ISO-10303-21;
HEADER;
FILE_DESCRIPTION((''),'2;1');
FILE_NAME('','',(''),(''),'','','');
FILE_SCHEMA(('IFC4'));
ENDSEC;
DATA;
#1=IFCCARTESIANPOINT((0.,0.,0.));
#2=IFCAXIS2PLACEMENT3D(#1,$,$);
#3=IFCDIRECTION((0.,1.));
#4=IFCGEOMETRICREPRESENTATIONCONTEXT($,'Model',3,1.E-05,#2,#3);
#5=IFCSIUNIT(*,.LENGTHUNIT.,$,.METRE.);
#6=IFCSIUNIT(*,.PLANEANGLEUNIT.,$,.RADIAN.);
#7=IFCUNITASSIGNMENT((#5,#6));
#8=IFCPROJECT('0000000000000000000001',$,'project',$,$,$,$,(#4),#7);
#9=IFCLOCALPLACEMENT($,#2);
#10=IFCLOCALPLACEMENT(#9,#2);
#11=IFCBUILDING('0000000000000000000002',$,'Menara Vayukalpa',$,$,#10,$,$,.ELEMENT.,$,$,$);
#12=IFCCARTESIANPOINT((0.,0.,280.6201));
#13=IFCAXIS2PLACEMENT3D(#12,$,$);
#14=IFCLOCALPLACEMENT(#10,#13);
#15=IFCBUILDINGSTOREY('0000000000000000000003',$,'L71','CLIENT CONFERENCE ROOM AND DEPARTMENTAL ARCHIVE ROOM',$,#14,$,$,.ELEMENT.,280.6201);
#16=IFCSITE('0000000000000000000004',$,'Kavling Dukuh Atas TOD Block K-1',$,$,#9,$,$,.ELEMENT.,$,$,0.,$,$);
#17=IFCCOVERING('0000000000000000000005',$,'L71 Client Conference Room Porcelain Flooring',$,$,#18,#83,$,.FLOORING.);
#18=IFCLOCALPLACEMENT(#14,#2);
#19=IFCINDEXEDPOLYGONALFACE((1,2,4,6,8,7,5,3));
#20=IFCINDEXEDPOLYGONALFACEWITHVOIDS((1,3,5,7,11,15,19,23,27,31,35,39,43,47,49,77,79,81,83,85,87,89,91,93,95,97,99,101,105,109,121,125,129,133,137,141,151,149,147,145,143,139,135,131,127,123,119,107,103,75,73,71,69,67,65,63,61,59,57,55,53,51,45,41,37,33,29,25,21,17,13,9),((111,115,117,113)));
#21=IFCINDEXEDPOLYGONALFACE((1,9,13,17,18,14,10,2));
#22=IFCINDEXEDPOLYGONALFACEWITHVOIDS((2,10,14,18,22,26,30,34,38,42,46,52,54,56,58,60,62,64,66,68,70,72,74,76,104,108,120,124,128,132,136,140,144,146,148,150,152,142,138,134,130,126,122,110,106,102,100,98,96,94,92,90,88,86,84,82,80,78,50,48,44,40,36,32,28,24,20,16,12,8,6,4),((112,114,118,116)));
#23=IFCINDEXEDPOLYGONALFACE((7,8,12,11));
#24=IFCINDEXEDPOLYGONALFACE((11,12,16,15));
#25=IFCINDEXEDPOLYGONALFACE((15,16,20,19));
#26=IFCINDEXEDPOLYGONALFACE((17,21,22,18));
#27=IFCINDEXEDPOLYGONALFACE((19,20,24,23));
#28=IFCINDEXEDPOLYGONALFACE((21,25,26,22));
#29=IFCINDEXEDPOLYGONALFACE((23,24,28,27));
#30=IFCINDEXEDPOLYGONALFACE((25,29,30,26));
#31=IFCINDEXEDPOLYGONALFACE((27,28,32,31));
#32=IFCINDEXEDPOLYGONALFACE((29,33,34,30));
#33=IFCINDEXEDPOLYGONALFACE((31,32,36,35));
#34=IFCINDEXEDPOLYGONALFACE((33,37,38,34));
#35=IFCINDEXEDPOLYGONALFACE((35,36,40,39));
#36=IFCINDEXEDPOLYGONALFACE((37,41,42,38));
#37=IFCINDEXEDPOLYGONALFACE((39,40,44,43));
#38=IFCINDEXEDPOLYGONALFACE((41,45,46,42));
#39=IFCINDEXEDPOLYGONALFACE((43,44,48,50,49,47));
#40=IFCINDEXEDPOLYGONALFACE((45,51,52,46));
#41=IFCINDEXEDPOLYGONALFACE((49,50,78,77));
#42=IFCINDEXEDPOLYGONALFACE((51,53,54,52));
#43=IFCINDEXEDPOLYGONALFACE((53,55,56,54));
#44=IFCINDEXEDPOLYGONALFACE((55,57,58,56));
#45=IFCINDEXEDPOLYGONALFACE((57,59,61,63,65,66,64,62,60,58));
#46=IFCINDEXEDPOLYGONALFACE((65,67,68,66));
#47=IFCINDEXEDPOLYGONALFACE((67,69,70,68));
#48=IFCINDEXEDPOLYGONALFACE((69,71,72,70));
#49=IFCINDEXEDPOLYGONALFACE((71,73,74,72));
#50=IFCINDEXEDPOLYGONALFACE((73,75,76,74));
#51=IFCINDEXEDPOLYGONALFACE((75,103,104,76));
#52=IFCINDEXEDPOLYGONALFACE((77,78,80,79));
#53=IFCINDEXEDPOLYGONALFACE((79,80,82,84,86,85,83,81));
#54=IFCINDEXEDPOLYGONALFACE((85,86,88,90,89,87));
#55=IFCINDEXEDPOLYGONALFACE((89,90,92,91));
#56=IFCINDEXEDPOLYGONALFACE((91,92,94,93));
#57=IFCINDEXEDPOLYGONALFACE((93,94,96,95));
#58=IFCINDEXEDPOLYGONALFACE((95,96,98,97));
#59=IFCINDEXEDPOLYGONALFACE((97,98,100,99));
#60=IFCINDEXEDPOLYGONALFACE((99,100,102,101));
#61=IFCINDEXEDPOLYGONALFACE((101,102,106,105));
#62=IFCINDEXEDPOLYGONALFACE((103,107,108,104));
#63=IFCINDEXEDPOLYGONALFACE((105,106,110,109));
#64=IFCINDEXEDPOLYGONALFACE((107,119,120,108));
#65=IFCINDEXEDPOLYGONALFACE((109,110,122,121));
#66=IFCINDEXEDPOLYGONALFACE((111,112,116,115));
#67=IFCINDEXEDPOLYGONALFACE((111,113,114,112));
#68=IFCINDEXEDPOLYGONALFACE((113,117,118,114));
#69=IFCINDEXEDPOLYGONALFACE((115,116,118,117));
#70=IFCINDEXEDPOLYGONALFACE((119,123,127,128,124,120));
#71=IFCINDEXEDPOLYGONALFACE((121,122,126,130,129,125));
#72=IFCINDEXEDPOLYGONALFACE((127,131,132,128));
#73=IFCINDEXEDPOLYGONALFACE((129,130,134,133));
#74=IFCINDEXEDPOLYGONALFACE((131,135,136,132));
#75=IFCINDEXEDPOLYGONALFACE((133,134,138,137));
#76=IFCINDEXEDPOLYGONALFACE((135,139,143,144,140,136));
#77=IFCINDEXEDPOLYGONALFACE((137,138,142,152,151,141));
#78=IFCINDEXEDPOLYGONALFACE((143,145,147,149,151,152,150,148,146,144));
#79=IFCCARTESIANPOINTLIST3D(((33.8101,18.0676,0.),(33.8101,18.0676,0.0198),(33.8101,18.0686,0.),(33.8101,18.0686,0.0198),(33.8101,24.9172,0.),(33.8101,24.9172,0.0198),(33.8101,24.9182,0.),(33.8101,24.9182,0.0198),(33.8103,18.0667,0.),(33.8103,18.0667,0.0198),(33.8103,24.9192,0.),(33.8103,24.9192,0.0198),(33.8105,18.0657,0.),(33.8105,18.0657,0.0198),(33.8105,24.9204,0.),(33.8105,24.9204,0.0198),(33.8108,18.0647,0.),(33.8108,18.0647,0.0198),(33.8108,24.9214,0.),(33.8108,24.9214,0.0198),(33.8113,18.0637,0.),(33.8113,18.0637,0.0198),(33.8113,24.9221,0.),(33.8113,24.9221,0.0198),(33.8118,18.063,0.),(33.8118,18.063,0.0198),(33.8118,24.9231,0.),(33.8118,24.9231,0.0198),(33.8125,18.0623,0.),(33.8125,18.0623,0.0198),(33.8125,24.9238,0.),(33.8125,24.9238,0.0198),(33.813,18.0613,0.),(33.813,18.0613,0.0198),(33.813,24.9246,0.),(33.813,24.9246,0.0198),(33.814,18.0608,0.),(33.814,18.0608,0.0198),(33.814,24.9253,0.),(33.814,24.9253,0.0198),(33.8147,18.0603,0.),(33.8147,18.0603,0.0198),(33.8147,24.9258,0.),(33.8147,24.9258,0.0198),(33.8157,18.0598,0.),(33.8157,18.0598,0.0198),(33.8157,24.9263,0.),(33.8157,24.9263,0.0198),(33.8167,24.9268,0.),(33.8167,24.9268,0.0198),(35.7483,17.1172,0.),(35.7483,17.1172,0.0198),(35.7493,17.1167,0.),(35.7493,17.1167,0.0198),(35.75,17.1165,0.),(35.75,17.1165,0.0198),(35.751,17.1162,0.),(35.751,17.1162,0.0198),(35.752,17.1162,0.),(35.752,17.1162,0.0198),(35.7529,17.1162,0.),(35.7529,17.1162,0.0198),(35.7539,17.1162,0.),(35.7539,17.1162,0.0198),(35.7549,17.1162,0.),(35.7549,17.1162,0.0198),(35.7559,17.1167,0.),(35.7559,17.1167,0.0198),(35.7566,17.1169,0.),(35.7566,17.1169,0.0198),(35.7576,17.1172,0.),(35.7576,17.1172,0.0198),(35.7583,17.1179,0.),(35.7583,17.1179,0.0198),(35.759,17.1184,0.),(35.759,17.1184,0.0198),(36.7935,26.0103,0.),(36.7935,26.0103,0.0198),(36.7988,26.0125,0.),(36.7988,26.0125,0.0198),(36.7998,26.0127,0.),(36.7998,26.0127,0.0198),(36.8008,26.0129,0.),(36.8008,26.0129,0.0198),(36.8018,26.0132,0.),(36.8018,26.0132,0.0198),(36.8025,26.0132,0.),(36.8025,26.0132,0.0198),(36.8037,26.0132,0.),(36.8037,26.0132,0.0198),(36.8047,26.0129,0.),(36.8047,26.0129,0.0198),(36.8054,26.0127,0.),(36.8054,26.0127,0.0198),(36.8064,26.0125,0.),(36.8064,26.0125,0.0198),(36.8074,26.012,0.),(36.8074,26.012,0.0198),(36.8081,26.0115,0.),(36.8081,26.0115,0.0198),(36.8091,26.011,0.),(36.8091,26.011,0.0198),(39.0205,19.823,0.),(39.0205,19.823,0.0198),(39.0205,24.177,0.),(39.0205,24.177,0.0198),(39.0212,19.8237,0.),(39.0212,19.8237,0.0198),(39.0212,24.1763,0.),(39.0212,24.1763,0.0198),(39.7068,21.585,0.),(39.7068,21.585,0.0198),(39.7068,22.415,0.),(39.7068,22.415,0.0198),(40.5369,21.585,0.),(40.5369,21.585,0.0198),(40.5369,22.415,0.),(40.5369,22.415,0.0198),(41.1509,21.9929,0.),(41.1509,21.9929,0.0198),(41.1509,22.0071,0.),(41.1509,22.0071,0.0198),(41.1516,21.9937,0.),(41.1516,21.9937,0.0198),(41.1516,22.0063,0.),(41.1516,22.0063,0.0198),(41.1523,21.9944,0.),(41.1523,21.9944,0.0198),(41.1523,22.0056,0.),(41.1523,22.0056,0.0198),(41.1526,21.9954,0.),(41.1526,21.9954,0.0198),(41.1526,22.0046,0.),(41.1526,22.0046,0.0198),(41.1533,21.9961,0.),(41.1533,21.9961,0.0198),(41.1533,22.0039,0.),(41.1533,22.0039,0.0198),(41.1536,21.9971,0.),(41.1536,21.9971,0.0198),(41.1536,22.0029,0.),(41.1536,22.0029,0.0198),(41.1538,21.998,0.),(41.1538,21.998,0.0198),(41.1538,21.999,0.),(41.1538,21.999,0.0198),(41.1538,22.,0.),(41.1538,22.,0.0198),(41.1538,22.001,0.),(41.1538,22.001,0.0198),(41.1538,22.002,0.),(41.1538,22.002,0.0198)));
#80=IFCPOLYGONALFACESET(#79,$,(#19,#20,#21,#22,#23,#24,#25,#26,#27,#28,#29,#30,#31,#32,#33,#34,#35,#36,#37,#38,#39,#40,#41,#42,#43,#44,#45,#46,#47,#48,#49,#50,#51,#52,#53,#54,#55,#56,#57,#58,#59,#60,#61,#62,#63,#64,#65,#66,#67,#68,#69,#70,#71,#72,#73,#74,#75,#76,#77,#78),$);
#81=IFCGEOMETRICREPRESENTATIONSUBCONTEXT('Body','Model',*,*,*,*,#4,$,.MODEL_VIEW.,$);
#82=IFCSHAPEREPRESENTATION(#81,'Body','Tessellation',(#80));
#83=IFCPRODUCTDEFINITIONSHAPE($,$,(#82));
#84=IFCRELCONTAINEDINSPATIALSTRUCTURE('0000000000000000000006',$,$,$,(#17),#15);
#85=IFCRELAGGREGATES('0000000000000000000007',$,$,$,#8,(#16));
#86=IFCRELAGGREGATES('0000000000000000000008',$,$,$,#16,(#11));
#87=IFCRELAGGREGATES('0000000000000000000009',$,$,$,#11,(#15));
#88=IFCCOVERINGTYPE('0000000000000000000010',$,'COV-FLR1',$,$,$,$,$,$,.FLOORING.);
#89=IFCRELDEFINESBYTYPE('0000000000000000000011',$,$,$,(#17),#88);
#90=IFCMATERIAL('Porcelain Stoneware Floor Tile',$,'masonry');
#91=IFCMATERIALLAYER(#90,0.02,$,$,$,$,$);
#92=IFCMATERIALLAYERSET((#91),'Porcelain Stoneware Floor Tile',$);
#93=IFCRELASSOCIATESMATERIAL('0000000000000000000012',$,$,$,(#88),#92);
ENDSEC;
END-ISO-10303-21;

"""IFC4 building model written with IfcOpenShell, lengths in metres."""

from ifc_helpers import new_model, si_unit, direction, frame, origin, place, context, subcontext, project, spatial, polyline, outline, extrude, material, layer, layer_set, type_object, element, save


model = new_model("IFC4")

# Units and contexts
model_context = context("Model", 3, precision=1e-05, world=origin(), true_north=direction((0.0, 1.0)))
body_context = subcontext(model_context, "Body", "Model", "MODEL_VIEW")
ifc_project = project(units=[si_unit("LENGTHUNIT", "METRE"), si_unit("PLANEANGLEUNIT", "RADIAN")], contexts=[model_context])

# Site, building, storey
site_placement = place(None, origin())
site = spatial("IfcSite", under=ifc_project, at=site_placement, Name="Kavling Dukuh Atas TOD Block K-1", CompositionType="ELEMENT", RefElevation=0.0)
building_placement = place(site_placement, origin())
building = spatial("IfcBuilding", under=site, at=building_placement, Name="Menara Vayukalpa", CompositionType="ELEMENT")
storey_placement = place(building_placement, frame((0.0, 0.0, 280.6201)))
storey = spatial("IfcBuildingStorey", under=building, at=storey_placement, Name="L71", Description="CLIENT CONFERENCE ROOM AND DEPARTMENTAL ARCHIVE ROOM", CompositionType="ELEMENT", Elevation=280.6201)

# Covering
ifc_material_1 = material(Name="Porcelain Stoneware Floor Tile", Category="masonry")
ifc_layer_1 = layer(ifc_material_1, 0.02)
ifc_layer_set_1 = layer_set([ifc_layer_1], Name="Porcelain Stoneware Floor Tile")
covering_type_1 = type_object("IfcCoveringType", Name="COV-FLR1", PredefinedType="FLOORING", material=ifc_layer_set_1)
covering_1_placement = place(storey_placement, origin())
element("IfcCovering", 1, at=covering_1_placement, inside=storey, type_object=covering_type_1, Name="L71 Client Conference Room Porcelain Flooring", PredefinedType="FLOORING", context=body_context, shape_type="SweptSolid", body=[
    extrude(outline(polyline([(41.1509, 22.0071), (41.1516, 22.0063), (41.1523, 22.0056), (41.1526, 22.0046), (41.1533, 22.0039), (41.1536, 22.0029), (41.1538, 22.002), (41.1538, 22.001), (41.1538, 22.0), (41.1538, 21.999), (41.1538, 21.998), (41.1536, 21.9971), (41.1533, 21.9961), (41.1526, 21.9954), (41.1523, 21.9944), (41.1516, 21.9937), (41.1509, 21.9929), (39.0212, 19.8237), (39.0205, 19.823), (35.759, 17.1184), (35.7583, 17.1179), (35.7576, 17.1172), (35.7566, 17.1169), (35.7559, 17.1167), (35.7549, 17.1162), (35.7539, 17.1162), (35.7529, 17.1162), (35.752, 17.1162), (35.751, 17.1162), (35.75, 17.1165), (35.7493, 17.1167), (35.7483, 17.1172), (33.8157, 18.0598), (33.8147, 18.0603), (33.814, 18.0608), (33.813, 18.0613), (33.8125, 18.0623), (33.8118, 18.063), (33.8113, 18.0637), (33.8108, 18.0647), (33.8105, 18.0657), (33.8103, 18.0667), (33.8101, 18.0676), (33.8101, 18.0686), (33.8101, 24.9172), (33.8101, 24.9182), (33.8103, 24.9192), (33.8105, 24.9204), (33.8108, 24.9214), (33.8113, 24.9221), (33.8118, 24.9231), (33.8125, 24.9238), (33.813, 24.9246), (33.814, 24.9253), (33.8147, 24.9258), (33.8157, 24.9263), (33.8167, 24.9268), (36.7935, 26.0103), (36.7988, 26.0125), (36.7998, 26.0127), (36.8008, 26.0129), (36.8018, 26.0132), (36.8025, 26.0132), (36.8037, 26.0132), (36.8047, 26.0129), (36.8054, 26.0127), (36.8064, 26.0125), (36.8074, 26.012), (36.8081, 26.0115), (36.8091, 26.011), (39.0205, 24.177), (39.0212, 24.1763), (41.1509, 22.0071)]), holes=[polyline([(40.5369, 22.415), (39.7068, 22.415), (39.7068, 21.585), (40.5369, 21.585), (40.5369, 22.415)])]), origin(), (0.0, 0.0, 1.0), 0.0198),
])

save(model, "model.ifc")
